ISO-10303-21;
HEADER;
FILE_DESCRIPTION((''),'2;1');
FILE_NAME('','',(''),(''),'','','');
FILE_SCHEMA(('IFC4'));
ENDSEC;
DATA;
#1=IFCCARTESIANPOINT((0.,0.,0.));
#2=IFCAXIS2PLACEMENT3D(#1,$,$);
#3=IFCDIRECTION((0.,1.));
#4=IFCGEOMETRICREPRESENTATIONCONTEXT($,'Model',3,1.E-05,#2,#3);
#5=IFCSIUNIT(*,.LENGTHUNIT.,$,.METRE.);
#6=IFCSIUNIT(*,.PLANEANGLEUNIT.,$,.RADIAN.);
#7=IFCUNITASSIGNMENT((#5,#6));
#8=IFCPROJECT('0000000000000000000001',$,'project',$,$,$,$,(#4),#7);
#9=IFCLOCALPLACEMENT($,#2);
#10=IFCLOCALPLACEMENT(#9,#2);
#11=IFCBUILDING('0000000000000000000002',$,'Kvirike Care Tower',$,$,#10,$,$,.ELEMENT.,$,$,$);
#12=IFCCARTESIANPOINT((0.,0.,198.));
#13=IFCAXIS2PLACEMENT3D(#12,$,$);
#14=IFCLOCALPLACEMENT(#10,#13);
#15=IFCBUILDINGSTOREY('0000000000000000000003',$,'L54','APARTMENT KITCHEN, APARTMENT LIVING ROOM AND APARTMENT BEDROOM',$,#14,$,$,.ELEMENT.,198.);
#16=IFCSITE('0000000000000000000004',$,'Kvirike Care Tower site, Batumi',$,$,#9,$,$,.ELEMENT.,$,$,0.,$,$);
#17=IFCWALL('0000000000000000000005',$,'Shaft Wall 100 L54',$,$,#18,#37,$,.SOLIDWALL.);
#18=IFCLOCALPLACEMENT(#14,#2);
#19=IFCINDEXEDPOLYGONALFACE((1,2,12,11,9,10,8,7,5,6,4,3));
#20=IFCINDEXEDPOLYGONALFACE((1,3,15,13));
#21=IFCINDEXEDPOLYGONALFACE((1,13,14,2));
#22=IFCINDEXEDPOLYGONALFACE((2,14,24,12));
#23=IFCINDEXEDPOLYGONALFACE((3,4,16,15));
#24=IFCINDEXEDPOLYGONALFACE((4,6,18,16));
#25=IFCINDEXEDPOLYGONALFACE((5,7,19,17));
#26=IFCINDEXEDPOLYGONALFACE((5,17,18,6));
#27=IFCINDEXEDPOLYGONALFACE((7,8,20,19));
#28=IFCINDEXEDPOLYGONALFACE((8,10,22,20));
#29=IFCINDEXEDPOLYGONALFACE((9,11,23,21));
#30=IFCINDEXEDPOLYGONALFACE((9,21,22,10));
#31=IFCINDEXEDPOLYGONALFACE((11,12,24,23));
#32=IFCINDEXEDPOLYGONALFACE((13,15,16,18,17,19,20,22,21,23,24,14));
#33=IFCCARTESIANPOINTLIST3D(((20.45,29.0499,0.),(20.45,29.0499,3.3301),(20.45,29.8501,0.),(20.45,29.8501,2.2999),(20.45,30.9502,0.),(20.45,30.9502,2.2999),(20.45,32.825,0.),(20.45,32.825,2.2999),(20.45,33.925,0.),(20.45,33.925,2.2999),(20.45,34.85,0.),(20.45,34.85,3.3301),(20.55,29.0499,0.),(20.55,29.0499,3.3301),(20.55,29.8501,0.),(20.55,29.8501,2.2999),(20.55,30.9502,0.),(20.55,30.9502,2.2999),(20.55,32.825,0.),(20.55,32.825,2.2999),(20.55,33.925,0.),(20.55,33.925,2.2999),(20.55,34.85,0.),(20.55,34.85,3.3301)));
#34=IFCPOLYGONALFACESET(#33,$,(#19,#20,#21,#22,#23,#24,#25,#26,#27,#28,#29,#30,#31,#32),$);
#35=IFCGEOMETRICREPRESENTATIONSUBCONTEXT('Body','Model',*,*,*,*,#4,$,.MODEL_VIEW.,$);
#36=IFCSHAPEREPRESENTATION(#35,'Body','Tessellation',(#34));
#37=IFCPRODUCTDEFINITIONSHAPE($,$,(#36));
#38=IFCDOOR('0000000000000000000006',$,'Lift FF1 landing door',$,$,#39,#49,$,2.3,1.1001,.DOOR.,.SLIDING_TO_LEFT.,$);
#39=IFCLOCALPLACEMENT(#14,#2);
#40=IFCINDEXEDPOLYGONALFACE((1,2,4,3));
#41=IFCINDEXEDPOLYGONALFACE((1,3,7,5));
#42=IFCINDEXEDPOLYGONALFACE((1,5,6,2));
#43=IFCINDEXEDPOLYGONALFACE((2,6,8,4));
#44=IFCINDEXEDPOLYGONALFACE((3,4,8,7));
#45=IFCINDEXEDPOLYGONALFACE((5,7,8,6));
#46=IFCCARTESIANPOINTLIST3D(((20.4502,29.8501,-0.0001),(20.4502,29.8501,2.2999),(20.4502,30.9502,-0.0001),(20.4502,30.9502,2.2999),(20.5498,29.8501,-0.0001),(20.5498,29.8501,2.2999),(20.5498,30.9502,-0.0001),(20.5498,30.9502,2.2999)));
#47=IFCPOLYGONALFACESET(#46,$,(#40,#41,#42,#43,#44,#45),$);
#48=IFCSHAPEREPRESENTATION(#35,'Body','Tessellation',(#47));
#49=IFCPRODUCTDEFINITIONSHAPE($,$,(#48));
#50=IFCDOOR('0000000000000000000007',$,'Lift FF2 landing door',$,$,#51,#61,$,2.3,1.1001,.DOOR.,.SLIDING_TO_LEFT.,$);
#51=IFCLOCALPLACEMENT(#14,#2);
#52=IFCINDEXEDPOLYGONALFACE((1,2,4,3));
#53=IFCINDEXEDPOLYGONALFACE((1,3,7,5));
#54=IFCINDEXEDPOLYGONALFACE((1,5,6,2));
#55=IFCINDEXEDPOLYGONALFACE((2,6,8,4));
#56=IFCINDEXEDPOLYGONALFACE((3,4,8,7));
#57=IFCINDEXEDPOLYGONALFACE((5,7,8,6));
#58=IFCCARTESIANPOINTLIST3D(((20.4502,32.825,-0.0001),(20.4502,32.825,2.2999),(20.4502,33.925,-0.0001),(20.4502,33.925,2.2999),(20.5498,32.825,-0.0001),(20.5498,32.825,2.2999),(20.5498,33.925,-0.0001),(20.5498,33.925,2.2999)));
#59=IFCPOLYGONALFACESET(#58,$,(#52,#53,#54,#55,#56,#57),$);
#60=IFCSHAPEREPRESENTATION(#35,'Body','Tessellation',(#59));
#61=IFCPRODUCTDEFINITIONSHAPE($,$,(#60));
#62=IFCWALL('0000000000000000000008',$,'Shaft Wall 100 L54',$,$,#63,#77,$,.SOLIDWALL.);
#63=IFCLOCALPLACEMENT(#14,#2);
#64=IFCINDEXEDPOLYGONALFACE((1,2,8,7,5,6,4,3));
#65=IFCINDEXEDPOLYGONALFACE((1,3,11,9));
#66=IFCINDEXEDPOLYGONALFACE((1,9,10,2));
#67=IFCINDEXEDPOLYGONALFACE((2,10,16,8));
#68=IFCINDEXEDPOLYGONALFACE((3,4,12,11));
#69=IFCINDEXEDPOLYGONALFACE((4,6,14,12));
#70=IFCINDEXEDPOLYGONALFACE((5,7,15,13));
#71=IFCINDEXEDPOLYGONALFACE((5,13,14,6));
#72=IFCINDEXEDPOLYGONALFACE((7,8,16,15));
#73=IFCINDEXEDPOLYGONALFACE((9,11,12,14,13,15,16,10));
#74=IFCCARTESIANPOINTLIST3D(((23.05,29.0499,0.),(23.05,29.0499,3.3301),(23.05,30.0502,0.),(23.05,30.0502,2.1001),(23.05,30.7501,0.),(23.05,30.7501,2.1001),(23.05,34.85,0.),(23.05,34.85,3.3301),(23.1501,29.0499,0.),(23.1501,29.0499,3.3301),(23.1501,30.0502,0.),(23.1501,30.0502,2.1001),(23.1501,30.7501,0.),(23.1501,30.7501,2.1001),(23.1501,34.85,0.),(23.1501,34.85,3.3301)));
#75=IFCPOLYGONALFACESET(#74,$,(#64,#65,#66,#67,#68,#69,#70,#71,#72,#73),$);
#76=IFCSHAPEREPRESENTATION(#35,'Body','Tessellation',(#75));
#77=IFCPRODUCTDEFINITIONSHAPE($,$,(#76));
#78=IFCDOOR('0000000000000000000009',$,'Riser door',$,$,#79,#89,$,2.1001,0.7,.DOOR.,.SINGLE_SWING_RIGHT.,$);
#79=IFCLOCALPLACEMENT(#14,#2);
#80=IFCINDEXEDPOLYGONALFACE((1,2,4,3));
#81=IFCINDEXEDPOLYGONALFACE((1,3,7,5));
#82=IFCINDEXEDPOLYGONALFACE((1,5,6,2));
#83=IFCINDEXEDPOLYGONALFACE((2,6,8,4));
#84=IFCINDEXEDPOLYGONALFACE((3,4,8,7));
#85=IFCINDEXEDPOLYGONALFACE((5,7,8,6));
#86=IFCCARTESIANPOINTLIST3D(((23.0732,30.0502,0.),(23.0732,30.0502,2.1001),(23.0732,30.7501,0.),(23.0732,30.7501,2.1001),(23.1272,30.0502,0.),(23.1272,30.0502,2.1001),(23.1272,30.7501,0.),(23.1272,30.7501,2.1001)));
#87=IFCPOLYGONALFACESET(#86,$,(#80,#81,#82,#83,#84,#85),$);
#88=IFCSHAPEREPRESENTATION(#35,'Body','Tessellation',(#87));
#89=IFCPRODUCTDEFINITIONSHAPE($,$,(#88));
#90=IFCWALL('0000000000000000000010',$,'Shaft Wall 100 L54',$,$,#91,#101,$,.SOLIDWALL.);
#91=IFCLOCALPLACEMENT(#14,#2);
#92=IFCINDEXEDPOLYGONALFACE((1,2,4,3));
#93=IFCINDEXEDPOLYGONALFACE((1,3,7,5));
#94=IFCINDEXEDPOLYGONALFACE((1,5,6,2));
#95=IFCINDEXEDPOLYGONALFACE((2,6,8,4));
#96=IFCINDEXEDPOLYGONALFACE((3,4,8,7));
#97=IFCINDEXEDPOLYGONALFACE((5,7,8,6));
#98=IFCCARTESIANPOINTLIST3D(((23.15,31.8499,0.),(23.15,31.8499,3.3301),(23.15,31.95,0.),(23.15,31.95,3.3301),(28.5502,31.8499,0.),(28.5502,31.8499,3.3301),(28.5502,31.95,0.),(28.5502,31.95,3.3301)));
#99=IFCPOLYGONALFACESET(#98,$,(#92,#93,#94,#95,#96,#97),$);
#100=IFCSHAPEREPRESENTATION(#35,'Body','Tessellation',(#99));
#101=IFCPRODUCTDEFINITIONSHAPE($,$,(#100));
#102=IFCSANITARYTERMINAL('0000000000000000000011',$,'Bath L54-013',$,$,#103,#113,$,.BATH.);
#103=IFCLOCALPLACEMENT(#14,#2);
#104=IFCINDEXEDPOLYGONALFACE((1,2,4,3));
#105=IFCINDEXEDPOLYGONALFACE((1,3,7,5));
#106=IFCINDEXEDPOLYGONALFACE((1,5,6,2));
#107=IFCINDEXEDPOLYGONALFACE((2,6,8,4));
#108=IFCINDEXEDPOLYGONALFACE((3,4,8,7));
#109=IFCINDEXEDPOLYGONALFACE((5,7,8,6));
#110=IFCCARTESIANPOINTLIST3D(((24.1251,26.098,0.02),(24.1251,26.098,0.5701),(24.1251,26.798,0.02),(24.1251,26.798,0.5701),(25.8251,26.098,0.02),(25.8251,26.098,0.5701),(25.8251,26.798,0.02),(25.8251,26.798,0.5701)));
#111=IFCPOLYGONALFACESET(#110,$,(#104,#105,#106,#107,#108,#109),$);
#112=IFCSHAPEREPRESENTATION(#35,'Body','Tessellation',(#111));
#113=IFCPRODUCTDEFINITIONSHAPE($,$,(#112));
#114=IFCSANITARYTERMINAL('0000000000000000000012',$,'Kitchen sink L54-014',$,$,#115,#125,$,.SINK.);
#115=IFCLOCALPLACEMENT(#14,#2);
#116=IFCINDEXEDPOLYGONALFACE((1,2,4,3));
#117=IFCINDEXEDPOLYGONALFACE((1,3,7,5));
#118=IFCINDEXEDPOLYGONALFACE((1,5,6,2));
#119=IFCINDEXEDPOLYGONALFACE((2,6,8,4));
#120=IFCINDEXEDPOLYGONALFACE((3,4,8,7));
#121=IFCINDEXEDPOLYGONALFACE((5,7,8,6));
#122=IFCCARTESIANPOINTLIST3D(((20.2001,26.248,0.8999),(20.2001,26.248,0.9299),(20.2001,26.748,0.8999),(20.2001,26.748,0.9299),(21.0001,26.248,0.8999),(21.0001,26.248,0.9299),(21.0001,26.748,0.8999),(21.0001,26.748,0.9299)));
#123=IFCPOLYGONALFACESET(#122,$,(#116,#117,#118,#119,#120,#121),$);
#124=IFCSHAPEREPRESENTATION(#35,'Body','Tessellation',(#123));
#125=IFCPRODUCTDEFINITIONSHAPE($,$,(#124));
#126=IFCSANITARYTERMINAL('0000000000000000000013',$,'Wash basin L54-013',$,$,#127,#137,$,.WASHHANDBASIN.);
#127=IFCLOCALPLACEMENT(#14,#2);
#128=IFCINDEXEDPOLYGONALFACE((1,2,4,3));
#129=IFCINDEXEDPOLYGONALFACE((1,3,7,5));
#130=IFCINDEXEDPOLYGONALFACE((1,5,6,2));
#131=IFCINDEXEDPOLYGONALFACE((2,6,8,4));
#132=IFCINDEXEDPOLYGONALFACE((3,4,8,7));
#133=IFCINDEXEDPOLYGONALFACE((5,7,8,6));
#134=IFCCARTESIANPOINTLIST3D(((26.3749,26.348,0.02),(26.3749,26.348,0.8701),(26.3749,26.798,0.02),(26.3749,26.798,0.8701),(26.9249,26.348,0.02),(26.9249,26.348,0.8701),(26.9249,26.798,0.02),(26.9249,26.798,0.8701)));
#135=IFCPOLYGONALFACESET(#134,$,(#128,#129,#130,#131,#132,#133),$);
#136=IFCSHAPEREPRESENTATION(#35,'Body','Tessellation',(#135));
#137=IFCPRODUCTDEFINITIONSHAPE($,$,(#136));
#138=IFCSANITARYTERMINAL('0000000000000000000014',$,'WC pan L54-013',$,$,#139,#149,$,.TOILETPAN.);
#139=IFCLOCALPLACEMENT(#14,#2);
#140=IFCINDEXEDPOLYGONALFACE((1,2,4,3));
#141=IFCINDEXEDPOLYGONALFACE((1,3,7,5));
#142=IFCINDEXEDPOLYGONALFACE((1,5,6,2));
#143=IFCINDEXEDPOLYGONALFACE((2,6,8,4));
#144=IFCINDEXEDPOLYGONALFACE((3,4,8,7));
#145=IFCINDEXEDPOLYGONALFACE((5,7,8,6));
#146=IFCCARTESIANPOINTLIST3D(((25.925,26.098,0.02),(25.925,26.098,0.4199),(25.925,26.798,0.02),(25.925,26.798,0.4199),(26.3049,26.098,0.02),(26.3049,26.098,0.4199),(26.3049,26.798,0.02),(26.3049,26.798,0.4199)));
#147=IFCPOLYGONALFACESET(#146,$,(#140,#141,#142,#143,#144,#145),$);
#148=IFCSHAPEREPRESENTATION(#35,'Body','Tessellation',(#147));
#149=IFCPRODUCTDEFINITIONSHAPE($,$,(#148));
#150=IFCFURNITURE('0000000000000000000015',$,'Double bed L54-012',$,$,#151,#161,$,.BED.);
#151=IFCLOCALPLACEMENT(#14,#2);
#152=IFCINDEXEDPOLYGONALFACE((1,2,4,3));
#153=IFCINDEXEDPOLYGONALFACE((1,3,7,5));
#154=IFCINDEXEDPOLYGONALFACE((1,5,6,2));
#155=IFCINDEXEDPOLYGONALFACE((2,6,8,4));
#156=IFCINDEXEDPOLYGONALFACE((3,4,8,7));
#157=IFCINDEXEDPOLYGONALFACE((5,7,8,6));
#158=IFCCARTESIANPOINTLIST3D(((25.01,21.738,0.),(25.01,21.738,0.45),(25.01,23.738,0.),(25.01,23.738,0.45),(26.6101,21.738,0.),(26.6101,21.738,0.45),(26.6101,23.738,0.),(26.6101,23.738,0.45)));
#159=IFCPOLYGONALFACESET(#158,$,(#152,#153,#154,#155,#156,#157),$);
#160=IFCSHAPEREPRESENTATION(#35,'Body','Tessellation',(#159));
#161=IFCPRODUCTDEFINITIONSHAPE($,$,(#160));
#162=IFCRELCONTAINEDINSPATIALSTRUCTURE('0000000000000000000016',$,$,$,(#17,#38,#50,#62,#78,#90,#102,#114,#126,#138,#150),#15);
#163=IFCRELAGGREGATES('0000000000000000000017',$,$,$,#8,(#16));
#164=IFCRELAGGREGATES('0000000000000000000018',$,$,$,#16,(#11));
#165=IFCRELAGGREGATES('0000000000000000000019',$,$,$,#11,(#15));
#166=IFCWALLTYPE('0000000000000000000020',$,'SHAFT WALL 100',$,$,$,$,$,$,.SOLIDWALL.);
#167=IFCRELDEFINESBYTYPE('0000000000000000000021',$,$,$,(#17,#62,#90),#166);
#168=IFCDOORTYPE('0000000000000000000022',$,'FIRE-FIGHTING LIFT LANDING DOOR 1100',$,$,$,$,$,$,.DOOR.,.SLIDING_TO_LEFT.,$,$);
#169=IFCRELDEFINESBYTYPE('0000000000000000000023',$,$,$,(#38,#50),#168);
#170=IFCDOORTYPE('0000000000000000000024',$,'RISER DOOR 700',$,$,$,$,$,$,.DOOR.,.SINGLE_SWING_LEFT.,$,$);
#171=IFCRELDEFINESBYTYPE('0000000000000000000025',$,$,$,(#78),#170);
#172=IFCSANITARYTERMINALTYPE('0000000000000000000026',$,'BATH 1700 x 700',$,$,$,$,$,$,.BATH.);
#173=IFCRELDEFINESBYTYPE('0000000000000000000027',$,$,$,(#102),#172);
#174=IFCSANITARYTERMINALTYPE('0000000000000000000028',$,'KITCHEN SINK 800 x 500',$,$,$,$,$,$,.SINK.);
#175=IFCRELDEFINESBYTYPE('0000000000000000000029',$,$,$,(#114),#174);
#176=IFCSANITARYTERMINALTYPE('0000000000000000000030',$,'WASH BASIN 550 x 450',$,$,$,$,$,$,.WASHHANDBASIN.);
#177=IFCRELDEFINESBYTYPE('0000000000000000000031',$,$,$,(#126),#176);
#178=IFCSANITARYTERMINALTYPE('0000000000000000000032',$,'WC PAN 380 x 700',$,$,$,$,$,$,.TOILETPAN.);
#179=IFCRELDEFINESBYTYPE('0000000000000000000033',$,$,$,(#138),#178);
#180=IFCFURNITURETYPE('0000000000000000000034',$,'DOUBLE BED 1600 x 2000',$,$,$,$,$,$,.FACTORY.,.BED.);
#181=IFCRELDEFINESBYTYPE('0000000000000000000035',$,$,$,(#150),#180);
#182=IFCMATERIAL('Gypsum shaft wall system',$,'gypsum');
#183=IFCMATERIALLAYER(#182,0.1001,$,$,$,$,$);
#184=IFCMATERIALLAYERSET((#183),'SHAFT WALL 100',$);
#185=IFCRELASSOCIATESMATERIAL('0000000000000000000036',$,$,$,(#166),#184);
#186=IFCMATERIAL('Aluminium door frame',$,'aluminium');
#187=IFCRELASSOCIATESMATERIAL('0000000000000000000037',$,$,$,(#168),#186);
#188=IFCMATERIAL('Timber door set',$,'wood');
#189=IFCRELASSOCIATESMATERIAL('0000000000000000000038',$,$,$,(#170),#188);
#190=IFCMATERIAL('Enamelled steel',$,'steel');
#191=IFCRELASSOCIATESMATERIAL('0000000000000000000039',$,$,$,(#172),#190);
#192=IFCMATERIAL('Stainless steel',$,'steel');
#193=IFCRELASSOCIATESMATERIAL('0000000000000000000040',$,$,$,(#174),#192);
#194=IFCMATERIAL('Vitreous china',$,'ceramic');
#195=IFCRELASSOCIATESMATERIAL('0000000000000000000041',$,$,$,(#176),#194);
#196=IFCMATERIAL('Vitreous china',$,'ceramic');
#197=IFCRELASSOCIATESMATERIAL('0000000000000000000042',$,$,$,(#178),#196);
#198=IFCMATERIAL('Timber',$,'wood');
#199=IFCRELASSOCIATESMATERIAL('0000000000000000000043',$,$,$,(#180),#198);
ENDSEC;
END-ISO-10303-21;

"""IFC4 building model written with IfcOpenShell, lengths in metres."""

from ifc_helpers import new_model, si_unit, direction, frame, frame_2d, origin, origin_2d, place, context, subcontext, project, spatial, rectangle, extrude, material, layer, layer_set, type_object, element, fill, save


model = new_model("IFC4")

# Units and contexts
model_context = context("Model", 3, precision=1e-05, world=origin(), true_north=direction((0.0, 1.0)))
body_context = subcontext(model_context, "Body", "Model", "MODEL_VIEW")
ifc_project = project(units=[si_unit("LENGTHUNIT", "METRE"), si_unit("PLANEANGLEUNIT", "RADIAN")], contexts=[model_context])

# Site, building, storey
site_placement = place(None, origin())
site = spatial("IfcSite", under=ifc_project, at=site_placement, Name="Kvirike Care Tower site, Batumi", CompositionType="ELEMENT", RefElevation=0.0)
building_placement = place(site_placement, origin())
building = spatial("IfcBuilding", under=site, at=building_placement, Name="Kvirike Care Tower", CompositionType="ELEMENT")
storey_placement = place(building_placement, frame((0.0, 0.0, 198.0)))
storey = spatial("IfcBuildingStorey", under=building, at=storey_placement, Name="L54", Description="APARTMENT KITCHEN, APARTMENT LIVING ROOM AND APARTMENT BEDROOM", CompositionType="ELEMENT", Elevation=198.0)

# Wall, openings, doors
ifc_material_1 = material(Name="Gypsum shaft wall system", Category="gypsum")
ifc_layer_1 = layer(ifc_material_1, 0.1001)
ifc_layer_set_1 = layer_set([ifc_layer_1], Name="SHAFT WALL 100")
wall_type_1 = type_object("IfcWallType", Name="SHAFT WALL 100", PredefinedType="SOLIDWALL", material=ifc_layer_set_1)
wall_1_placement = place(storey_placement, frame((20.5, 29.05, 0.0), z_axis=(0.0, 0.0, 1.0), x_axis=(0.0, 1.0, 0.0)))
wall_1 = element("IfcWall", 1, at=wall_1_placement, inside=storey, type_object=wall_type_1, Name="Shaft Wall 100 L54", PredefinedType="SOLIDWALL", context=body_context, shape_type="SweptSolid", body=[
    extrude(rectangle(XDim=5.8, YDim=0.1001, at=frame_2d((2.8999, 0.0))), origin(), (0.0, 0.0, 1.0), 3.3301),
])
opening_1_placement = place(wall_1_placement, frame((0.8, 0.0, 0.0)))
opening_1 = element("IfcOpeningElement", 2, at=opening_1_placement, cuts=wall_1, PredefinedType="OPENING", context=body_context, shape_type="SweptSolid", body=[
    extrude(rectangle(XDim=1.1001, YDim=2.3, at=frame_2d((0.55, 1.1499))), frame((0.0, 0.0605, 0.0), z_axis=(0.0, -1.0, 0.0), x_axis=(1.0, 0.0, 0.0)), (0.0, 0.0, 1.0), 0.1211),
])
opening_2_placement = place(wall_1_placement, frame((3.7749, 0.0, 0.0)))
opening_2 = element("IfcOpeningElement", 3, at=opening_2_placement, cuts=wall_1, PredefinedType="OPENING", context=body_context, shape_type="SweptSolid", body=[
    extrude(rectangle(XDim=1.1001, YDim=2.3, at=frame_2d((0.55, 1.1499))), frame((0.0, 0.0605, 0.0), z_axis=(0.0, -1.0, 0.0), x_axis=(1.0, 0.0, 0.0)), (0.0, 0.0, 1.0), 0.1211),
])
ifc_material_2 = material(Name="Aluminium door frame", Category="aluminium")
door_type_1 = type_object("IfcDoorType", Name="FIRE-FIGHTING LIFT LANDING DOOR 1100", OperationType="SLIDING_TO_LEFT", PredefinedType="DOOR", material=ifc_material_2)
door_1_placement = place(opening_1_placement, origin())
door_1 = element("IfcDoor", 4, at=door_1_placement, inside=storey, type_object=door_type_1, Name="Lift FF1 landing door", OperationType="SLIDING_TO_LEFT", OverallHeight=2.3, OverallWidth=1.1001, PredefinedType="DOOR", context=body_context, shape_type="SweptSolid", body=[
    extrude(rectangle(XDim=1.1001, YDim=2.3, at=frame_2d((0.55, 1.1499))), frame((0.0, 0.0498, 0.0), z_axis=(0.0, -1.0, 0.0), x_axis=(1.0, 0.0, 0.0)), (0.0, 0.0, 1.0), 0.0996),
])
fill(opening_1, door_1)
door_2_placement = place(opening_2_placement, origin())
door_2 = element("IfcDoor", 5, at=door_2_placement, inside=storey, type_object=door_type_1, Name="Lift FF2 landing door", OperationType="SLIDING_TO_LEFT", OverallHeight=2.3, OverallWidth=1.1001, PredefinedType="DOOR", context=body_context, shape_type="SweptSolid", body=[
    extrude(rectangle(XDim=1.1001, YDim=2.3, at=frame_2d((0.55, 1.1499))), frame((0.0, 0.0498, 0.0), z_axis=(0.0, -1.0, 0.0), x_axis=(1.0, 0.0, 0.0)), (0.0, 0.0, 1.0), 0.0996),
])
fill(opening_2, door_2)

# Wall, opening, door
wall_2_placement = place(storey_placement, frame((23.1001, 29.05, 0.0), z_axis=(0.0, 0.0, 1.0), x_axis=(0.0, 1.0, 0.0)))
wall_2 = element("IfcWall", 6, at=wall_2_placement, inside=storey, type_object=wall_type_1, Name="Shaft Wall 100 L54", PredefinedType="SOLIDWALL", context=body_context, shape_type="SweptSolid", body=[
    extrude(rectangle(XDim=5.8, YDim=0.1001, at=frame_2d((2.8999, 0.0))), origin(), (0.0, 0.0, 1.0), 3.3301),
])
opening_3_placement = place(wall_2_placement, frame((1.0, 0.0, 0.0)))
opening_3 = element("IfcOpeningElement", 7, at=opening_3_placement, cuts=wall_2, PredefinedType="OPENING", context=body_context, shape_type="SweptSolid", body=[
    extrude(rectangle(XDim=0.7, YDim=2.1001, at=frame_2d((0.3501, 1.05))), frame((0.0, 0.0605, 0.0), z_axis=(0.0, -1.0, 0.0), x_axis=(1.0, 0.0, 0.0)), (0.0, 0.0, 1.0), 0.1211),
])
ifc_material_3 = material(Name="Timber door set", Category="wood")
door_type_2 = type_object("IfcDoorType", Name="RISER DOOR 700", OperationType="SINGLE_SWING_LEFT", PredefinedType="DOOR", material=ifc_material_3)
door_3_placement = place(opening_3_placement, origin())
door_3 = element("IfcDoor", 8, at=door_3_placement, inside=storey, type_object=door_type_2, Name="Riser door", OperationType="SINGLE_SWING_RIGHT", OverallHeight=2.1001, OverallWidth=0.7, PredefinedType="DOOR", context=body_context, shape_type="SweptSolid", body=[
    extrude(rectangle(XDim=0.7, YDim=2.1001, at=frame_2d((0.3501, 1.05))), frame((0.0, 0.0269, 0.0), z_axis=(0.0, -1.0, 0.0), x_axis=(1.0, 0.0, 0.0)), (0.0, 0.0, 1.0), 0.054),
])
fill(opening_3, door_3)

# Wall
wall_3_placement = place(storey_placement, frame((23.1499, 31.8999, 0.0), z_axis=(0.0, 0.0, 1.0), x_axis=(1.0, 0.0, 0.0)))
element("IfcWall", 9, at=wall_3_placement, inside=storey, type_object=wall_type_1, Name="Shaft Wall 100 L54", PredefinedType="SOLIDWALL", context=body_context, shape_type="SweptSolid", body=[
    extrude(rectangle(XDim=5.4001, YDim=0.1001, at=frame_2d((2.7002, 0.0))), origin(), (0.0, 0.0, 1.0), 3.3301),
])

# Sanitary terminals
ifc_material_4 = material(Name="Enamelled steel", Category="steel")
sanitary_terminal_type_1 = type_object("IfcSanitaryTerminalType", Name="BATH 1700 x 700", PredefinedType="BATH", material=ifc_material_4)
sanitary_terminal_1_placement = place(storey_placement, frame((24.9751, 26.448, 0.02), z_axis=(0.0, 0.0, 1.0), x_axis=(1.0, 0.0, 0.0)))
element("IfcSanitaryTerminal", 10, at=sanitary_terminal_1_placement, inside=storey, type_object=sanitary_terminal_type_1, Name="Bath L54-013", PredefinedType="BATH", context=body_context, shape_type="SweptSolid", body=[
    extrude(rectangle(XDim=1.7, YDim=0.7, at=origin_2d()), origin(), (0.0, 0.0, 1.0), 0.55),
])
ifc_material_5 = material(Name="Stainless steel", Category="steel")
sanitary_terminal_type_2 = type_object("IfcSanitaryTerminalType", Name="KITCHEN SINK 800 x 500", PredefinedType="SINK", material=ifc_material_5)
sanitary_terminal_2_placement = place(storey_placement, frame((20.6001, 26.498, 0.8999), z_axis=(0.0, 0.0, 1.0), x_axis=(1.0, 0.0, 0.0)))
element("IfcSanitaryTerminal", 11, at=sanitary_terminal_2_placement, inside=storey, type_object=sanitary_terminal_type_2, Name="Kitchen sink L54-014", PredefinedType="SINK", context=body_context, shape_type="SweptSolid", body=[
    extrude(rectangle(XDim=0.8, YDim=0.5, at=origin_2d()), origin(), (0.0, 0.0, 1.0), 0.03),
])
ifc_material_6 = material(Name="Vitreous china", Category="ceramic")
sanitary_terminal_type_3 = type_object("IfcSanitaryTerminalType", Name="WASH BASIN 550 x 450", PredefinedType="WASHHANDBASIN", material=ifc_material_6)
sanitary_terminal_3_placement = place(storey_placement, frame((26.6499, 26.573, 0.02), z_axis=(0.0, 0.0, 1.0), x_axis=(1.0, 0.0, 0.0)))
element("IfcSanitaryTerminal", 12, at=sanitary_terminal_3_placement, inside=storey, type_object=sanitary_terminal_type_3, Name="Wash basin L54-013", PredefinedType="WASHHANDBASIN", context=body_context, shape_type="SweptSolid", body=[
    extrude(rectangle(XDim=0.55, YDim=0.45, at=origin_2d()), origin(), (0.0, 0.0, 1.0), 0.8501),
])
ifc_material_7 = material(Name="Vitreous china", Category="ceramic")
sanitary_terminal_type_4 = type_object("IfcSanitaryTerminalType", Name="WC PAN 380 x 700", PredefinedType="TOILETPAN", material=ifc_material_7)
sanitary_terminal_4_placement = place(storey_placement, frame((26.115, 26.448, 0.02), z_axis=(0.0, 0.0, 1.0), x_axis=(1.0, 0.0, 0.0)))
element("IfcSanitaryTerminal", 13, at=sanitary_terminal_4_placement, inside=storey, type_object=sanitary_terminal_type_4, Name="WC pan L54-013", PredefinedType="TOILETPAN", context=body_context, shape_type="SweptSolid", body=[
    extrude(rectangle(XDim=0.3799, YDim=0.7, at=origin_2d()), origin(), (0.0, 0.0, 1.0), 0.3999),
])

# Furniture
ifc_material_8 = material(Name="Timber", Category="wood")
furniture_type_1 = type_object("IfcFurnitureType", Name="DOUBLE BED 1600 x 2000", AssemblyPlace="FACTORY", PredefinedType="BED", material=ifc_material_8)
furniture_1_placement = place(storey_placement, frame((25.8101, 22.738, 0.0), z_axis=(0.0, 0.0, 1.0), x_axis=(1.0, 0.0, 0.0)))
element("IfcFurniture", 14, at=furniture_1_placement, inside=storey, type_object=furniture_type_1, Name="Double bed L54-012", PredefinedType="BED", context=body_context, shape_type="SweptSolid", body=[
    extrude(rectangle(XDim=1.6001, YDim=2.0, at=origin_2d()), origin(), (0.0, 0.0, 1.0), 0.45),
])

save(model, "model.ifc")
